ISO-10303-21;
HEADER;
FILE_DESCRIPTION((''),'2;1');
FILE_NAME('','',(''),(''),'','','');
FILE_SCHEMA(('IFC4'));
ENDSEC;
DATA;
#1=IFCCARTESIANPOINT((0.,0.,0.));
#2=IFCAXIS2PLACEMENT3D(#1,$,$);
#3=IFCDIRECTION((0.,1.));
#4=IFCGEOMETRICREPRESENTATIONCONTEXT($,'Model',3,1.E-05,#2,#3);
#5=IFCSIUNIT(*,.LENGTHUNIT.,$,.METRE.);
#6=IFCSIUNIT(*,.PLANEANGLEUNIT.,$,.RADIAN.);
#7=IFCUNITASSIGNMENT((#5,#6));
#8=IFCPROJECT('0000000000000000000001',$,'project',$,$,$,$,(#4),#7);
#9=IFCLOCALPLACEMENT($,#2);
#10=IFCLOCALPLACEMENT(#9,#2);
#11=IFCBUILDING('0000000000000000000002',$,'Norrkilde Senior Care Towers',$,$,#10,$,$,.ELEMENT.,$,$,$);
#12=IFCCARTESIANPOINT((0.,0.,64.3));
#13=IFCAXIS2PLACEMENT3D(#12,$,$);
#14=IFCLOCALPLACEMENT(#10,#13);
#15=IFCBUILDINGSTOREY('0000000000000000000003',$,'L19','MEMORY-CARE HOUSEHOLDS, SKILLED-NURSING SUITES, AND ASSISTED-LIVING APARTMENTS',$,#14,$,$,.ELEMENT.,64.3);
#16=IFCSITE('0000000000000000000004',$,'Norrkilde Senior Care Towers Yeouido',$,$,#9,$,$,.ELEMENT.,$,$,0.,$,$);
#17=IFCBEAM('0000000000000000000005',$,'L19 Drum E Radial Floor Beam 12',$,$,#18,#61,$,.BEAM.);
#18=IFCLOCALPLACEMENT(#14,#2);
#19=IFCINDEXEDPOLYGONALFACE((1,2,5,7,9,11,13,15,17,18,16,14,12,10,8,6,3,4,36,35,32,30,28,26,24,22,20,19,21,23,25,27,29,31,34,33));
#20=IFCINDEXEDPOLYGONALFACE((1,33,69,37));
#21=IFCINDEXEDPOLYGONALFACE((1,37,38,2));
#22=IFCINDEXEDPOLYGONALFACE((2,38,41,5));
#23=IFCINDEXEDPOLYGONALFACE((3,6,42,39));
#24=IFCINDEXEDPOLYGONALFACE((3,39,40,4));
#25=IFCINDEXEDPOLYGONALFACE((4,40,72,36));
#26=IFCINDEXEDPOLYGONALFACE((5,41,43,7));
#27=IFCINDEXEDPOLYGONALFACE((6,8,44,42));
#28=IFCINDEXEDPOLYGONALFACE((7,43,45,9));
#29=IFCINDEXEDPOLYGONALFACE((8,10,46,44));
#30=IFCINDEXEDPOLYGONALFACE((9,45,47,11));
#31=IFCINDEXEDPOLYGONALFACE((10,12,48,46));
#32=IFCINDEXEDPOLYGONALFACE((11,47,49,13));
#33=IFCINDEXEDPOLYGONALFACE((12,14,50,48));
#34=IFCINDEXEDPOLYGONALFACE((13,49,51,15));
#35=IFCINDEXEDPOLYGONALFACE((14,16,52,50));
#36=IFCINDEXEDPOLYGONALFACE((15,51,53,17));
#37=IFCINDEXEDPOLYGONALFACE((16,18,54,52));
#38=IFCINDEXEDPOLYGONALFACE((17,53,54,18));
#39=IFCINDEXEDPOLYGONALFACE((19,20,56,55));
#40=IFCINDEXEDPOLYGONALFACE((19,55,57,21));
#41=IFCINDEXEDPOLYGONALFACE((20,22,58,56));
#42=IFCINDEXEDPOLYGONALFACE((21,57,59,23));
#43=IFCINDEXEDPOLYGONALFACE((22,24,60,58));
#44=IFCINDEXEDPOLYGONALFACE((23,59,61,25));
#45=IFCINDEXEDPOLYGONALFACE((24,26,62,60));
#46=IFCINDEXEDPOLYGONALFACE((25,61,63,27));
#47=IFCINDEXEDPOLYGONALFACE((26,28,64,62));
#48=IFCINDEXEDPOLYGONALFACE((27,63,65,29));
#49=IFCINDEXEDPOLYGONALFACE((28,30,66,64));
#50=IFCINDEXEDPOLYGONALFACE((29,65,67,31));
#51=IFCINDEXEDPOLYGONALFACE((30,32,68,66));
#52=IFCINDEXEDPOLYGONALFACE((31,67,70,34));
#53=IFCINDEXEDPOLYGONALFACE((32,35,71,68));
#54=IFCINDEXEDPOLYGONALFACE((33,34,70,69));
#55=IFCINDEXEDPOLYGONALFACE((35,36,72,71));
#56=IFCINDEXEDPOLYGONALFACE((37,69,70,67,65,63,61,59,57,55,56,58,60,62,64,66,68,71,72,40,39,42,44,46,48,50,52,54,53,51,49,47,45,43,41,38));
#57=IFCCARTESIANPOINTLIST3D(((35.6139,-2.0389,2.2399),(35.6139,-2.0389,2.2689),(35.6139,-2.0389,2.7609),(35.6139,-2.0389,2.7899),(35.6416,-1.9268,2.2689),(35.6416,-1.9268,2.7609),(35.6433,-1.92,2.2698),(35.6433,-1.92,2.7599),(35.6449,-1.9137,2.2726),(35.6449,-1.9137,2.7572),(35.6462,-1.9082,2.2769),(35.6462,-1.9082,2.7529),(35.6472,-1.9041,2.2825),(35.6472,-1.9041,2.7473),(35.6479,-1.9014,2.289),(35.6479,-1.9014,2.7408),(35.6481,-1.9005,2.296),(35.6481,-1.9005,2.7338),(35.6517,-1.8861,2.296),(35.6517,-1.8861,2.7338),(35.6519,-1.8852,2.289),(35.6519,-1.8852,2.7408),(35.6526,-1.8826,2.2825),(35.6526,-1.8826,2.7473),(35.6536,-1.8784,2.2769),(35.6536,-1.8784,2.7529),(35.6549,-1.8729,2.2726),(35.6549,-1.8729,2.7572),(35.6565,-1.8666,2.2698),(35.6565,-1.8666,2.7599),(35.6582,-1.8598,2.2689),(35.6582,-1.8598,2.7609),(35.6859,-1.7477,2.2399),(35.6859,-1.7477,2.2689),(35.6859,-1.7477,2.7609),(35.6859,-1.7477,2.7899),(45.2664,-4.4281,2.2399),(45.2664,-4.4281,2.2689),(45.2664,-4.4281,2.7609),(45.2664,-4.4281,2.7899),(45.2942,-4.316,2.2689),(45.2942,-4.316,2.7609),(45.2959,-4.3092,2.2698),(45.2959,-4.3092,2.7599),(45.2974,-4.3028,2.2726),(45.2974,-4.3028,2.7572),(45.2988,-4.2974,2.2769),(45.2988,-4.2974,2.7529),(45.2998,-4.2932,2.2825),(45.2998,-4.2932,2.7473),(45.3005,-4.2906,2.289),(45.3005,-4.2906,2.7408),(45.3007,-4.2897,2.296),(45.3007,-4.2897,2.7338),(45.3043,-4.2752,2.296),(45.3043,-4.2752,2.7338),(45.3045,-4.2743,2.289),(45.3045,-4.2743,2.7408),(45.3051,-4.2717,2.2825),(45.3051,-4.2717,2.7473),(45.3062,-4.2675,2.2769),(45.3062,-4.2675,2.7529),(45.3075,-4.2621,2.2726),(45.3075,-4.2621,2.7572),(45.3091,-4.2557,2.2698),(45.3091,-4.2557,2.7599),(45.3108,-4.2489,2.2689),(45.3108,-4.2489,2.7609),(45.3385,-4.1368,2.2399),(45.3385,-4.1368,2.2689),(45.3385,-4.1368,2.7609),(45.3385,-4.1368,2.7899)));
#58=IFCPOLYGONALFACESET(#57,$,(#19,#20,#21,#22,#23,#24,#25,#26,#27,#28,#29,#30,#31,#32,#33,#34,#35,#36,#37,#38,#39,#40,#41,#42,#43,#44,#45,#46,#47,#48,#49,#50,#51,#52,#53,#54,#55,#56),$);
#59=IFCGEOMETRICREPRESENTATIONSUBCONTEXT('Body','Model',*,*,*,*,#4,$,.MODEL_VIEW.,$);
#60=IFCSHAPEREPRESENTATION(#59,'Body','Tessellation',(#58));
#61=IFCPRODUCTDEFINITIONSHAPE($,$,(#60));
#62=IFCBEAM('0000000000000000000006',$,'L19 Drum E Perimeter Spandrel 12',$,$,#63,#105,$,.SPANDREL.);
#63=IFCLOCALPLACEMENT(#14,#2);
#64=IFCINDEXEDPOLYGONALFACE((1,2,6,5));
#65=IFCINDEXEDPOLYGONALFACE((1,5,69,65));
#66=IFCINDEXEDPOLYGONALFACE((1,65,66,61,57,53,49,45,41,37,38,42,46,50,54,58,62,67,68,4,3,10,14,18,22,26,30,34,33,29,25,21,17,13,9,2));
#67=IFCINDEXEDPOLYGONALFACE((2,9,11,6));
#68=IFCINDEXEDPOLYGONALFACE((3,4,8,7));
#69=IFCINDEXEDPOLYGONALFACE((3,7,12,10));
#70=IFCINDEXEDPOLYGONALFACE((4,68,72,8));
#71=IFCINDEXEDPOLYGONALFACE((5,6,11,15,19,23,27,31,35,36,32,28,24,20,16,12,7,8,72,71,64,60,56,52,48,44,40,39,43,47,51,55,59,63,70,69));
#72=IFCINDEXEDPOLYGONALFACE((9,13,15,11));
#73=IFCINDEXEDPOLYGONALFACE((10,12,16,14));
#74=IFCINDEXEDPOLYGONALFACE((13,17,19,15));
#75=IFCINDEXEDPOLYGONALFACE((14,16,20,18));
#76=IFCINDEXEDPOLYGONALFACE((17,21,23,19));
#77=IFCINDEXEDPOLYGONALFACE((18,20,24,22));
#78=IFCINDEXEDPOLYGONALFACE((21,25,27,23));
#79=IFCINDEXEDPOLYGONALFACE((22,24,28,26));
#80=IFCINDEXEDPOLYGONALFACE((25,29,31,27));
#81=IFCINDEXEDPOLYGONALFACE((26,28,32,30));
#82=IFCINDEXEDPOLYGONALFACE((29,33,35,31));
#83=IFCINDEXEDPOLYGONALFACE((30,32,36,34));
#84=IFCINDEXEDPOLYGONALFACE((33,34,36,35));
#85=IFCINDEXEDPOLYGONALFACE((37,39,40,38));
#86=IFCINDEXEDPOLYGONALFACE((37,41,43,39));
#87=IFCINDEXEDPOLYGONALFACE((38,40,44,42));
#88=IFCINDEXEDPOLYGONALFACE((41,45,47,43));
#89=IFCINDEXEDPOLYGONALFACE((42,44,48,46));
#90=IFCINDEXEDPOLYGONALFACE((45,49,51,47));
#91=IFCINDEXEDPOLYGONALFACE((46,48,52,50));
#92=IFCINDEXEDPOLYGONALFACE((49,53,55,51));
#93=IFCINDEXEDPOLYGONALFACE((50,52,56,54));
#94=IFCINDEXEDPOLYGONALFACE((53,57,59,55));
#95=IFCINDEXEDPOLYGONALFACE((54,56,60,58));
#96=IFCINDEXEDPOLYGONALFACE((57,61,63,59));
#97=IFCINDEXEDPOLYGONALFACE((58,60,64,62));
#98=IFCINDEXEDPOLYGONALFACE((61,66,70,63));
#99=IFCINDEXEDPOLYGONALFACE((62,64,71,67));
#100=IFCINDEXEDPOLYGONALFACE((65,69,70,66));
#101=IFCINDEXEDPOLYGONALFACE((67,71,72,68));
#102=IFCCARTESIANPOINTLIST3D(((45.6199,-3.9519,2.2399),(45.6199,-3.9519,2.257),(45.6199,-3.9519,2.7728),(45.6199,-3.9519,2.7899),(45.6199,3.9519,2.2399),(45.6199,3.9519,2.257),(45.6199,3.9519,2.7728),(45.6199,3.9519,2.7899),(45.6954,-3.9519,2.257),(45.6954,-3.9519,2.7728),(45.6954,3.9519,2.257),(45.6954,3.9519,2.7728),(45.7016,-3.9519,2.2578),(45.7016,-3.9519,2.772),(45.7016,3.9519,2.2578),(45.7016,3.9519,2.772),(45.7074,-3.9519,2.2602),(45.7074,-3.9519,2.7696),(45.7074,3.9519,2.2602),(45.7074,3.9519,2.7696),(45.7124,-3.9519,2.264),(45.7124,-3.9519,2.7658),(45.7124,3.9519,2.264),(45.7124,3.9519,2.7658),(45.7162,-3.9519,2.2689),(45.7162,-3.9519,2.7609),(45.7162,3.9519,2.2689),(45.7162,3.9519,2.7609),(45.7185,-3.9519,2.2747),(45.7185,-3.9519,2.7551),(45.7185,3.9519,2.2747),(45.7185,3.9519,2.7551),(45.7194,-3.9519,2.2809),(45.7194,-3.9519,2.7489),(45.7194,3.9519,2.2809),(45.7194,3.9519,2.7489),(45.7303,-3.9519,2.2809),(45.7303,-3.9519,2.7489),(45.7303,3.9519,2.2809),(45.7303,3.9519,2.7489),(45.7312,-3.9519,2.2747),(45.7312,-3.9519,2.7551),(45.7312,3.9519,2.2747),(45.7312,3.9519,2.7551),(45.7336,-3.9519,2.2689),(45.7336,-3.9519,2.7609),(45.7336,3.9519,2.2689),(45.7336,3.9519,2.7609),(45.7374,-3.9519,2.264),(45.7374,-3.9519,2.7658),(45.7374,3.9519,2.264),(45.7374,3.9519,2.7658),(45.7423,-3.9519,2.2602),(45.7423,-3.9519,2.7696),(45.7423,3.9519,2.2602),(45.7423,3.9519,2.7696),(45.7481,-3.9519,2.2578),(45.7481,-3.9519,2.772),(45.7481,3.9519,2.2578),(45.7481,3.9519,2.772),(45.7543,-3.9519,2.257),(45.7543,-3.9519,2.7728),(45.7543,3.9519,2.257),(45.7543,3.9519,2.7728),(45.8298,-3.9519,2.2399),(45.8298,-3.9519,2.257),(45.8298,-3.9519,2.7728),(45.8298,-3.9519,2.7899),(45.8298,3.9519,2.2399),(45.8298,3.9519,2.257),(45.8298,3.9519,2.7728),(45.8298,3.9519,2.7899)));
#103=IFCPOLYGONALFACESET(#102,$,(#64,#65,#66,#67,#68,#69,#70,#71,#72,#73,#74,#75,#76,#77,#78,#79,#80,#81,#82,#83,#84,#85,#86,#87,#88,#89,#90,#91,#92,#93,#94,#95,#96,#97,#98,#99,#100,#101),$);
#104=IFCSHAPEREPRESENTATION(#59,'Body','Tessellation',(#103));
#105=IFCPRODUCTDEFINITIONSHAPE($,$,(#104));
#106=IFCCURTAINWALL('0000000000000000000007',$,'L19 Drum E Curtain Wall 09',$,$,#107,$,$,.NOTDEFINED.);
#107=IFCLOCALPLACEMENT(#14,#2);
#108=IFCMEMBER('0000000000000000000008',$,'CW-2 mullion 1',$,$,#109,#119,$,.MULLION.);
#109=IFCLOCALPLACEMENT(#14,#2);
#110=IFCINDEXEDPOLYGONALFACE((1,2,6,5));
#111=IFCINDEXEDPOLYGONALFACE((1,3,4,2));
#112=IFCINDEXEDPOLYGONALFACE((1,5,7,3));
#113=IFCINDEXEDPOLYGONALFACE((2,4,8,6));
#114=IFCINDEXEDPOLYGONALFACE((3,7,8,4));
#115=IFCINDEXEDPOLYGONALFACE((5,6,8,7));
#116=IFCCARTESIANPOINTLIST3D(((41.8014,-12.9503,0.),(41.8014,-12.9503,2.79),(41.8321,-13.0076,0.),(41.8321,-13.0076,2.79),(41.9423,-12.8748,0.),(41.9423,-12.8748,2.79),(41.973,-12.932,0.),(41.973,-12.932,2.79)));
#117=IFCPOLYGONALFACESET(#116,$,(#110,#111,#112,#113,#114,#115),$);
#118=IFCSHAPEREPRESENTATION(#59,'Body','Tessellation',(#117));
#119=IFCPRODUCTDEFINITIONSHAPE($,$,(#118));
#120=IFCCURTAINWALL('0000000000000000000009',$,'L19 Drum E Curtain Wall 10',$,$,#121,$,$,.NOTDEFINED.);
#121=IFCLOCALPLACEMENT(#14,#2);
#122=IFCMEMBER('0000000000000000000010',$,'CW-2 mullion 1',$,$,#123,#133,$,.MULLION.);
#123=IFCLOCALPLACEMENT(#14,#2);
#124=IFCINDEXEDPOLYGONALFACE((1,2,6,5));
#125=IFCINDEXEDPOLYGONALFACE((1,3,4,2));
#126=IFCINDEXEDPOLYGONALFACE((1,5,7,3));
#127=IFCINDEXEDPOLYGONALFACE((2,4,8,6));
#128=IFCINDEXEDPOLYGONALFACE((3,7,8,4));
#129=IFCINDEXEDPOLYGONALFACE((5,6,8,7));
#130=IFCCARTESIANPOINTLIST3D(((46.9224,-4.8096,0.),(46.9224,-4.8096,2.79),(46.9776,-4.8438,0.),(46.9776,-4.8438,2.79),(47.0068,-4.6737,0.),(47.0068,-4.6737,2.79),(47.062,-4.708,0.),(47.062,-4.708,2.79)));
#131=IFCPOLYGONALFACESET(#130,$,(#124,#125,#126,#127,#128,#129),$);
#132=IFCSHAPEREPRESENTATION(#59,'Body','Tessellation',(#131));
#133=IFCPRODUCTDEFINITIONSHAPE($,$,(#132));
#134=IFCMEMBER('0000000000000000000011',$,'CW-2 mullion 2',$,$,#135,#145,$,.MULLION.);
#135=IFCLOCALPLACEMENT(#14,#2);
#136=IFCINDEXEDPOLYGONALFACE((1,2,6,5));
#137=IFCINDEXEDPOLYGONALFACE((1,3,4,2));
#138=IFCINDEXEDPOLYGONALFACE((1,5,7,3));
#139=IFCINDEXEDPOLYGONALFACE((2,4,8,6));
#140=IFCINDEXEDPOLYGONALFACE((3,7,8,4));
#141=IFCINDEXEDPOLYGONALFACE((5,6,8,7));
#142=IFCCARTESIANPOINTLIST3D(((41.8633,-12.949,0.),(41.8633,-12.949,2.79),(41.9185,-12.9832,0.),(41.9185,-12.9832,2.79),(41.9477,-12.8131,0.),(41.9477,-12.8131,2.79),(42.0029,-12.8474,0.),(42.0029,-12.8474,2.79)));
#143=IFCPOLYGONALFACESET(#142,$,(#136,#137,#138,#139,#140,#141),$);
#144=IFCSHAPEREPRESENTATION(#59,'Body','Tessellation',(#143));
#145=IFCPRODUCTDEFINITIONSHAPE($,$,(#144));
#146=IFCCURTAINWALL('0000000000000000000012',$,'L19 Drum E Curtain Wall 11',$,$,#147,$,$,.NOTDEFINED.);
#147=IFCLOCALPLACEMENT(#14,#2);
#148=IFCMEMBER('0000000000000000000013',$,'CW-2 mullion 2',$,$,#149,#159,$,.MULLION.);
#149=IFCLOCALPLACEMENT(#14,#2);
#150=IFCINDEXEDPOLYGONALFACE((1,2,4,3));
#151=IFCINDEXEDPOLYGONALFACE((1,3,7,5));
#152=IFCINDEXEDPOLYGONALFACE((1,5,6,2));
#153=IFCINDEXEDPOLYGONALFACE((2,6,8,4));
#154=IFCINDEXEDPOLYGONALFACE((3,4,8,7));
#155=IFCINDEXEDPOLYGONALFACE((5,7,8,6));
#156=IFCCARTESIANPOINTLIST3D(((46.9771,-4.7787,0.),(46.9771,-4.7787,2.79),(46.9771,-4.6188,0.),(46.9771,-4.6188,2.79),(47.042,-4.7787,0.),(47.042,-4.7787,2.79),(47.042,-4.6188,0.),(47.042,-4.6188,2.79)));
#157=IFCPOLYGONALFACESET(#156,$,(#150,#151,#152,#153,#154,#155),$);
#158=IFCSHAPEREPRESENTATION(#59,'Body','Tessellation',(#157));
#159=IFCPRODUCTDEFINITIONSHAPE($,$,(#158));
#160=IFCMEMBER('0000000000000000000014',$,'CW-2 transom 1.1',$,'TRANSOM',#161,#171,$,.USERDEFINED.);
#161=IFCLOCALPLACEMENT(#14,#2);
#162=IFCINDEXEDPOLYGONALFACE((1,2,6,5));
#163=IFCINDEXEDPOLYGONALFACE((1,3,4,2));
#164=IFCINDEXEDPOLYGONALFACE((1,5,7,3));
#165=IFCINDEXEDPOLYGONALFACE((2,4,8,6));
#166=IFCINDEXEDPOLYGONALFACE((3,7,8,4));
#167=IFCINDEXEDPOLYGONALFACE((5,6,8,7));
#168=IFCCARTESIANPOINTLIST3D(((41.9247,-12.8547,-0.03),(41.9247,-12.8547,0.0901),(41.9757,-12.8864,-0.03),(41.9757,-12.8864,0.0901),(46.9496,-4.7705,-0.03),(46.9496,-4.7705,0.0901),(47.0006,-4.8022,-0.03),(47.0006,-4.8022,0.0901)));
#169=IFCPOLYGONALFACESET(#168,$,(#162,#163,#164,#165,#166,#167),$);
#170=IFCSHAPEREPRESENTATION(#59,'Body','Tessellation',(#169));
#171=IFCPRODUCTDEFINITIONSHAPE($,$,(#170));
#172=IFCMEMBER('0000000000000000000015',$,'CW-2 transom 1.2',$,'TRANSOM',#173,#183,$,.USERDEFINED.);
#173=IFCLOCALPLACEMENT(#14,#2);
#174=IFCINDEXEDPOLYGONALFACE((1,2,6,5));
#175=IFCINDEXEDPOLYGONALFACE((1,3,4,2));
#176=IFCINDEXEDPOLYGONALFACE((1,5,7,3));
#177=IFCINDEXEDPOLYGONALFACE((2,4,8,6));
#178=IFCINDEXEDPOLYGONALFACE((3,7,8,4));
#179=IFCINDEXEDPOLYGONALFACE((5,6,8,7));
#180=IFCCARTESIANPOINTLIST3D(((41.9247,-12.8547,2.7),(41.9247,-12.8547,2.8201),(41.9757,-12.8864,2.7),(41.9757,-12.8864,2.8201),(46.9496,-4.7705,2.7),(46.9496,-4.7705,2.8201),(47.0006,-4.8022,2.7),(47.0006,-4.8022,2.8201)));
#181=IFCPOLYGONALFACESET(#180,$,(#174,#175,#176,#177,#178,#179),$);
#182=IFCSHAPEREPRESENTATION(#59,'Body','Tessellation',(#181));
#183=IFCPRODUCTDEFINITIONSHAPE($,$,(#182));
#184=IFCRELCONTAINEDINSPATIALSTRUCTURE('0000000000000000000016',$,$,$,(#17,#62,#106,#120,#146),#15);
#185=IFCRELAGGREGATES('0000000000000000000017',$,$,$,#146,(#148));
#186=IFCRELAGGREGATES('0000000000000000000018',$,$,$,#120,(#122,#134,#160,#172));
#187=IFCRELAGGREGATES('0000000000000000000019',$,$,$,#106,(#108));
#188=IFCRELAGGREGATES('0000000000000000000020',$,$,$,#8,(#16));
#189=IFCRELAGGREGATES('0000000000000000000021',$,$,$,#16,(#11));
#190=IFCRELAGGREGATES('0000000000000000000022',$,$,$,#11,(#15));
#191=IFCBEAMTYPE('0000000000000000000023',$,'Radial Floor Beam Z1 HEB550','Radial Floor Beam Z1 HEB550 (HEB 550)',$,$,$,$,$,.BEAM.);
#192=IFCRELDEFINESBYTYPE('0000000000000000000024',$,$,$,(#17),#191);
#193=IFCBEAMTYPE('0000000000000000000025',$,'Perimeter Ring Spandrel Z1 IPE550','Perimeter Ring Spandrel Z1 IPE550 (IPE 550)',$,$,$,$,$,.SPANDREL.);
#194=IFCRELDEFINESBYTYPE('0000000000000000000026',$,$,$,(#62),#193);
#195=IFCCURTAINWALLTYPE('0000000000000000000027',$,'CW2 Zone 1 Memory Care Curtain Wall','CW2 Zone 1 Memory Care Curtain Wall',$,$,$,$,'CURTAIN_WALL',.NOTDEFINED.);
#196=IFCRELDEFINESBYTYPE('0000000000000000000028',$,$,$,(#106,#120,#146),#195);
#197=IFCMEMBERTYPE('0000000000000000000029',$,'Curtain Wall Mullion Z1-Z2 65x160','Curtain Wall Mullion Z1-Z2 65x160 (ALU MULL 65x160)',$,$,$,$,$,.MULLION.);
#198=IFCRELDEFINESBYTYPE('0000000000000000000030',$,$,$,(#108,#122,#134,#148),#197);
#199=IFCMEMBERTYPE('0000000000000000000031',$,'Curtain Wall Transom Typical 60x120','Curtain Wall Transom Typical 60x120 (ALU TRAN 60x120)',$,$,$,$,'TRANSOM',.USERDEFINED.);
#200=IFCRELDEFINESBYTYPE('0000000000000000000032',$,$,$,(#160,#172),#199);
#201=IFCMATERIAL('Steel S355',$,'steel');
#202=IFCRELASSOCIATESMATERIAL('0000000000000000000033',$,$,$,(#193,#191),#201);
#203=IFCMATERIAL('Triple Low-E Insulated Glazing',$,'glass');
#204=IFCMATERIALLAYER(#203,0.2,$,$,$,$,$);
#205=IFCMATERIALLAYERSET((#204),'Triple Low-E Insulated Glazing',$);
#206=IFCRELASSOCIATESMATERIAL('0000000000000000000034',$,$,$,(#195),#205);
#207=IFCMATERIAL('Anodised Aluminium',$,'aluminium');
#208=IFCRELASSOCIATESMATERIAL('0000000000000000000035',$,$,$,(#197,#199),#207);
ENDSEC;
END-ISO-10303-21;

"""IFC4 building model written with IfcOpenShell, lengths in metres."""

from ifc_helpers import new_model, si_unit, direction, frame, origin, origin_2d, place, context, subcontext, project, spatial, rectangle, i_section, extrude, source, transform, mapped, material, layer, layer_set, material_profile, profile_set, type_object, type_shapes, element, aggregate, save


model = new_model("IFC4")

# Units and contexts
model_context = context("Model", 3, precision=1e-05, world=origin(), true_north=direction((0.0, 1.0)))
body_context = subcontext(model_context, "Body", "Model", "MODEL_VIEW")
ifc_project = project(units=[si_unit("LENGTHUNIT", "METRE"), si_unit("PLANEANGLEUNIT", "RADIAN")], contexts=[model_context])

# Site, building, storey
site_placement = place(None, origin())
site = spatial("IfcSite", under=ifc_project, at=site_placement, Name="Norrkilde Senior Care Towers Yeouido", CompositionType="ELEMENT", RefElevation=0.0)
building_placement = place(site_placement, origin())
building = spatial("IfcBuilding", under=site, at=building_placement, Name="Norrkilde Senior Care Towers", CompositionType="ELEMENT")
storey_placement = place(building_placement, frame((0.0, 0.0, 64.3)))
storey = spatial("IfcBuildingStorey", under=building, at=storey_placement, Name="L19", Description="MEMORY-CARE HOUSEHOLDS, SKILLED-NURSING SUITES, AND ASSISTED-LIVING APARTMENTS", CompositionType="ELEMENT", Elevation=64.3)

# Beams
ifc_material_1 = material(Name="Steel S355", Category="steel")
ifc_material_profile_1 = material_profile(ifc_material_1, i_section(OverallWidth=0.21, OverallDepth=0.55, WebThickness=0.011, FlangeThickness=0.0171, FilletRadius=0.0239, at=origin_2d()), Name="IPE 550")
ifc_profile_set_1 = profile_set([ifc_material_profile_1], Name="Steel S355")
beam_type_1 = type_object("IfcBeamType", Name="Perimeter Ring Spandrel Z1 IPE550", Description="Perimeter Ring Spandrel Z1 IPE550 (IPE 550)", PredefinedType="SPANDREL", material=ifc_profile_set_1)
ifc_material_profile_2 = material_profile(ifc_material_1, i_section(OverallWidth=0.3, OverallDepth=0.55, WebThickness=0.0149, FlangeThickness=0.0291, FilletRadius=0.0271, at=origin_2d()), Name="HEB 550")
ifc_profile_set_2 = profile_set([ifc_material_profile_2], Name="Steel S355")
beam_type_2 = type_object("IfcBeamType", Name="Radial Floor Beam Z1 HEB550", Description="Radial Floor Beam Z1 HEB550 (HEB 550)", PredefinedType="BEAM", material=ifc_profile_set_2)
shared_shape_1 = source(origin(), body_context, "Body", "SweptSolid", [
    extrude(i_section(OverallWidth=0.3, OverallDepth=0.55, WebThickness=0.0149, FlangeThickness=0.0291, FilletRadius=0.0271, at=origin_2d()), origin(), (0.0, 0.0, 1.0), 9.9438),
])
type_shapes(beam_type_2, [shared_shape_1])
beam_1_placement = place(storey_placement, frame((35.6499, -1.8933, 2.5149), z_axis=(0.970707, -0.240265, 0.0), x_axis=(0.240265, 0.970707, 0.0)))
element("IfcBeam", 1, at=beam_1_placement, inside=storey, type_object=beam_type_2, Name="L19 Drum E Radial Floor Beam 12", PredefinedType="BEAM", context=body_context, shape_type="MappedRepresentation", body=[
    mapped(shared_shape_1, transform((0.0, 0.0, 0.0), x_axis=(1.0, 0.0, 0.0), y_axis=(0.0, 1.0, 0.0), z_axis=(0.0, 0.0, 1.0), scale=1.0)),
])
shared_shape_2 = source(origin(), body_context, "Body", "SweptSolid", [
    extrude(i_section(OverallWidth=0.21, OverallDepth=0.55, WebThickness=0.011, FlangeThickness=0.0171, FilletRadius=0.0239, at=origin_2d()), origin(), (0.0, 0.0, 1.0), 7.9038),
])
beam_2_placement = place(storey_placement, frame((45.7249, -3.9519, 2.5149), z_axis=(0.0, 1.0, 0.0), x_axis=(-1.0, 0.0, 0.0)))
element("IfcBeam", 2, at=beam_2_placement, inside=storey, type_object=beam_type_1, Name="L19 Drum E Perimeter Spandrel 12", PredefinedType="SPANDREL", context=body_context, shape_type="MappedRepresentation", body=[
    mapped(shared_shape_2, transform((0.0, 0.0, 0.0), x_axis=(1.0, 0.0, 0.0), y_axis=(0.0, 1.0, 0.0), z_axis=(0.0, 0.0, 1.0), scale=1.0)),
])

# Curtain wall, member
ifc_material_2 = material(Name="Triple Low-E Insulated Glazing", Category="glass")
ifc_layer_1 = layer(ifc_material_2, 0.2)
ifc_layer_set_1 = layer_set([ifc_layer_1], Name="Triple Low-E Insulated Glazing")
curtain_wall_type = type_object("IfcCurtainWallType", Name="CW2 Zone 1 Memory Care Curtain Wall", Description="CW2 Zone 1 Memory Care Curtain Wall", ElementType="CURTAIN_WALL", PredefinedType="NOTDEFINED", material=ifc_layer_set_1)
curtain_wall_1_placement = place(storey_placement, origin())
curtain_wall_1 = element("IfcCurtainWall", 3, at=curtain_wall_1_placement, inside=storey, type_object=curtain_wall_type, Name="L19 Drum E Curtain Wall 09", PredefinedType="NOTDEFINED")
ifc_material_3 = material(Name="Anodised Aluminium", Category="aluminium")
ifc_material_profile_3 = material_profile(ifc_material_3, rectangle(XDim=0.0649, YDim=0.1599, at=origin_2d()), Name="ALU MULL 65x160")
ifc_profile_set_3 = profile_set([ifc_material_profile_3], Name="Anodised Aluminium")
member_type_1 = type_object("IfcMemberType", Name="Curtain Wall Mullion Z1-Z2 65x160", Description="Curtain Wall Mullion Z1-Z2 65x160 (ALU MULL 65x160)", PredefinedType="MULLION", material=ifc_profile_set_3)
shared_shape_3 = source(origin(), body_context, "Body", "SweptSolid", [
    extrude(rectangle(XDim=0.0649, YDim=0.1599, at=origin_2d()), origin(), (0.0, 0.0, 1.0), 2.79),
])
type_shapes(member_type_1, [shared_shape_3])
member_1_placement = place(storey_placement, frame((41.8872, -12.9412, 0.0), z_axis=(0.0, 0.0, 1.0), x_axis=(0.472608, -0.881273, 0.0)))
member_1 = element("IfcMember", 4, at=member_1_placement, type_object=member_type_1, Name="CW-2 mullion 1", PredefinedType="MULLION", context=body_context, shape_type="MappedRepresentation", body=[
    mapped(shared_shape_3, transform((0.0, 0.0, 0.0), x_axis=(1.0, 0.0, 0.0), y_axis=(0.0, 1.0, 0.0), z_axis=(0.0, 0.0, 1.0), scale=1.0)),
])

# Curtain wall, members
curtain_wall_2_placement = place(storey_placement, origin())
curtain_wall_2 = element("IfcCurtainWall", 5, at=curtain_wall_2_placement, inside=storey, type_object=curtain_wall_type, Name="L19 Drum E Curtain Wall 10", PredefinedType="NOTDEFINED")
member_2_placement = place(storey_placement, frame((46.9922, -4.7588, 0.0), z_axis=(0.0, 0.0, 1.0), x_axis=(0.849306, -0.527901, 0.0)))
member_2 = element("IfcMember", 6, at=member_2_placement, type_object=member_type_1, Name="CW-2 mullion 1", PredefinedType="MULLION", context=body_context, shape_type="MappedRepresentation", body=[
    mapped(shared_shape_3, transform((0.0, 0.0, 0.0), x_axis=(1.0, 0.0, 0.0), y_axis=(0.0, 1.0, 0.0), z_axis=(0.0, 0.0, 1.0), scale=1.0)),
])
member_3_placement = place(storey_placement, frame((41.9331, -12.8982, 0.0), z_axis=(0.0, 0.0, 1.0), x_axis=(0.849306, -0.527901, 0.0)))
member_3 = element("IfcMember", 7, at=member_3_placement, type_object=member_type_1, Name="CW-2 mullion 2", PredefinedType="MULLION", context=body_context, shape_type="MappedRepresentation", body=[
    mapped(shared_shape_3, transform((0.0, 0.0, 0.0), x_axis=(1.0, 0.0, 0.0), y_axis=(0.0, 1.0, 0.0), z_axis=(0.0, 0.0, 1.0), scale=1.0)),
])

# Curtain wall, member
curtain_wall_3_placement = place(storey_placement, origin())
curtain_wall_3 = element("IfcCurtainWall", 8, at=curtain_wall_3_placement, inside=storey, type_object=curtain_wall_type, Name="L19 Drum E Curtain Wall 11", PredefinedType="NOTDEFINED")
member_4_placement = place(storey_placement, frame((47.0095, -4.6987, 0.0), z_axis=(0.0, 0.0, 1.0), x_axis=(1.0, 0.0, 0.0)))
member_4 = element("IfcMember", 9, at=member_4_placement, type_object=member_type_1, Name="CW-2 mullion 2", PredefinedType="MULLION", context=body_context, shape_type="MappedRepresentation", body=[
    mapped(shared_shape_3, transform((0.0, 0.0, 0.0), x_axis=(1.0, 0.0, 0.0), y_axis=(0.0, 1.0, 0.0), z_axis=(0.0, 0.0, 1.0), scale=1.0)),
])
aggregate(curtain_wall_3, [member_4])

# Members
ifc_material_profile_4 = material_profile(ifc_material_3, rectangle(XDim=0.0601, YDim=0.1201, at=origin_2d()), Name="ALU TRAN 60x120")
ifc_profile_set_4 = profile_set([ifc_material_profile_4], Name="Anodised Aluminium")
member_type_2 = type_object("IfcMemberType", Name="Curtain Wall Transom Typical 60x120", Description="Curtain Wall Transom Typical 60x120 (ALU TRAN 60x120)", ElementType="TRANSOM", PredefinedType="USERDEFINED", material=ifc_profile_set_4)
shared_shape_4 = source(origin(), body_context, "Body", "SweptSolid", [
    extrude(rectangle(XDim=0.0601, YDim=0.1201, at=origin_2d()), origin(), (0.0, 0.0, 1.0), 9.5186),
])
member_5_placement = place(storey_placement, frame((46.9751, -4.7864, 0.03), z_axis=(-0.527902, -0.849306, 0.0), x_axis=(0.849306, -0.527902, 0.0)))
member_5 = element("IfcMember", 10, at=member_5_placement, type_object=member_type_2, Name="CW-2 transom 1.1", ObjectType="TRANSOM", PredefinedType="USERDEFINED", context=body_context, shape_type="MappedRepresentation", body=[
    mapped(shared_shape_4, transform((0.0, 0.0, 0.0), x_axis=(1.0, 0.0, 0.0), y_axis=(0.0, 1.0, 0.0), z_axis=(0.0, 0.0, 1.0), scale=1.0)),
])
member_6_placement = place(storey_placement, frame((46.9751, -4.7864, 2.76), z_axis=(-0.527902, -0.849306, 0.0), x_axis=(0.849306, -0.527902, 0.0)))
member_6 = element("IfcMember", 11, at=member_6_placement, type_object=member_type_2, Name="CW-2 transom 1.2", ObjectType="TRANSOM", PredefinedType="USERDEFINED", context=body_context, shape_type="MappedRepresentation", body=[
    mapped(shared_shape_4, transform((0.0, 0.0, 0.0), x_axis=(1.0, 0.0, 0.0), y_axis=(0.0, 1.0, 0.0), z_axis=(0.0, 0.0, 1.0), scale=1.0)),
])

aggregate(curtain_wall_2, [member_2, member_3, member_5, member_6])
aggregate(curtain_wall_1, [member_1])

save(model, "model.ifc")
